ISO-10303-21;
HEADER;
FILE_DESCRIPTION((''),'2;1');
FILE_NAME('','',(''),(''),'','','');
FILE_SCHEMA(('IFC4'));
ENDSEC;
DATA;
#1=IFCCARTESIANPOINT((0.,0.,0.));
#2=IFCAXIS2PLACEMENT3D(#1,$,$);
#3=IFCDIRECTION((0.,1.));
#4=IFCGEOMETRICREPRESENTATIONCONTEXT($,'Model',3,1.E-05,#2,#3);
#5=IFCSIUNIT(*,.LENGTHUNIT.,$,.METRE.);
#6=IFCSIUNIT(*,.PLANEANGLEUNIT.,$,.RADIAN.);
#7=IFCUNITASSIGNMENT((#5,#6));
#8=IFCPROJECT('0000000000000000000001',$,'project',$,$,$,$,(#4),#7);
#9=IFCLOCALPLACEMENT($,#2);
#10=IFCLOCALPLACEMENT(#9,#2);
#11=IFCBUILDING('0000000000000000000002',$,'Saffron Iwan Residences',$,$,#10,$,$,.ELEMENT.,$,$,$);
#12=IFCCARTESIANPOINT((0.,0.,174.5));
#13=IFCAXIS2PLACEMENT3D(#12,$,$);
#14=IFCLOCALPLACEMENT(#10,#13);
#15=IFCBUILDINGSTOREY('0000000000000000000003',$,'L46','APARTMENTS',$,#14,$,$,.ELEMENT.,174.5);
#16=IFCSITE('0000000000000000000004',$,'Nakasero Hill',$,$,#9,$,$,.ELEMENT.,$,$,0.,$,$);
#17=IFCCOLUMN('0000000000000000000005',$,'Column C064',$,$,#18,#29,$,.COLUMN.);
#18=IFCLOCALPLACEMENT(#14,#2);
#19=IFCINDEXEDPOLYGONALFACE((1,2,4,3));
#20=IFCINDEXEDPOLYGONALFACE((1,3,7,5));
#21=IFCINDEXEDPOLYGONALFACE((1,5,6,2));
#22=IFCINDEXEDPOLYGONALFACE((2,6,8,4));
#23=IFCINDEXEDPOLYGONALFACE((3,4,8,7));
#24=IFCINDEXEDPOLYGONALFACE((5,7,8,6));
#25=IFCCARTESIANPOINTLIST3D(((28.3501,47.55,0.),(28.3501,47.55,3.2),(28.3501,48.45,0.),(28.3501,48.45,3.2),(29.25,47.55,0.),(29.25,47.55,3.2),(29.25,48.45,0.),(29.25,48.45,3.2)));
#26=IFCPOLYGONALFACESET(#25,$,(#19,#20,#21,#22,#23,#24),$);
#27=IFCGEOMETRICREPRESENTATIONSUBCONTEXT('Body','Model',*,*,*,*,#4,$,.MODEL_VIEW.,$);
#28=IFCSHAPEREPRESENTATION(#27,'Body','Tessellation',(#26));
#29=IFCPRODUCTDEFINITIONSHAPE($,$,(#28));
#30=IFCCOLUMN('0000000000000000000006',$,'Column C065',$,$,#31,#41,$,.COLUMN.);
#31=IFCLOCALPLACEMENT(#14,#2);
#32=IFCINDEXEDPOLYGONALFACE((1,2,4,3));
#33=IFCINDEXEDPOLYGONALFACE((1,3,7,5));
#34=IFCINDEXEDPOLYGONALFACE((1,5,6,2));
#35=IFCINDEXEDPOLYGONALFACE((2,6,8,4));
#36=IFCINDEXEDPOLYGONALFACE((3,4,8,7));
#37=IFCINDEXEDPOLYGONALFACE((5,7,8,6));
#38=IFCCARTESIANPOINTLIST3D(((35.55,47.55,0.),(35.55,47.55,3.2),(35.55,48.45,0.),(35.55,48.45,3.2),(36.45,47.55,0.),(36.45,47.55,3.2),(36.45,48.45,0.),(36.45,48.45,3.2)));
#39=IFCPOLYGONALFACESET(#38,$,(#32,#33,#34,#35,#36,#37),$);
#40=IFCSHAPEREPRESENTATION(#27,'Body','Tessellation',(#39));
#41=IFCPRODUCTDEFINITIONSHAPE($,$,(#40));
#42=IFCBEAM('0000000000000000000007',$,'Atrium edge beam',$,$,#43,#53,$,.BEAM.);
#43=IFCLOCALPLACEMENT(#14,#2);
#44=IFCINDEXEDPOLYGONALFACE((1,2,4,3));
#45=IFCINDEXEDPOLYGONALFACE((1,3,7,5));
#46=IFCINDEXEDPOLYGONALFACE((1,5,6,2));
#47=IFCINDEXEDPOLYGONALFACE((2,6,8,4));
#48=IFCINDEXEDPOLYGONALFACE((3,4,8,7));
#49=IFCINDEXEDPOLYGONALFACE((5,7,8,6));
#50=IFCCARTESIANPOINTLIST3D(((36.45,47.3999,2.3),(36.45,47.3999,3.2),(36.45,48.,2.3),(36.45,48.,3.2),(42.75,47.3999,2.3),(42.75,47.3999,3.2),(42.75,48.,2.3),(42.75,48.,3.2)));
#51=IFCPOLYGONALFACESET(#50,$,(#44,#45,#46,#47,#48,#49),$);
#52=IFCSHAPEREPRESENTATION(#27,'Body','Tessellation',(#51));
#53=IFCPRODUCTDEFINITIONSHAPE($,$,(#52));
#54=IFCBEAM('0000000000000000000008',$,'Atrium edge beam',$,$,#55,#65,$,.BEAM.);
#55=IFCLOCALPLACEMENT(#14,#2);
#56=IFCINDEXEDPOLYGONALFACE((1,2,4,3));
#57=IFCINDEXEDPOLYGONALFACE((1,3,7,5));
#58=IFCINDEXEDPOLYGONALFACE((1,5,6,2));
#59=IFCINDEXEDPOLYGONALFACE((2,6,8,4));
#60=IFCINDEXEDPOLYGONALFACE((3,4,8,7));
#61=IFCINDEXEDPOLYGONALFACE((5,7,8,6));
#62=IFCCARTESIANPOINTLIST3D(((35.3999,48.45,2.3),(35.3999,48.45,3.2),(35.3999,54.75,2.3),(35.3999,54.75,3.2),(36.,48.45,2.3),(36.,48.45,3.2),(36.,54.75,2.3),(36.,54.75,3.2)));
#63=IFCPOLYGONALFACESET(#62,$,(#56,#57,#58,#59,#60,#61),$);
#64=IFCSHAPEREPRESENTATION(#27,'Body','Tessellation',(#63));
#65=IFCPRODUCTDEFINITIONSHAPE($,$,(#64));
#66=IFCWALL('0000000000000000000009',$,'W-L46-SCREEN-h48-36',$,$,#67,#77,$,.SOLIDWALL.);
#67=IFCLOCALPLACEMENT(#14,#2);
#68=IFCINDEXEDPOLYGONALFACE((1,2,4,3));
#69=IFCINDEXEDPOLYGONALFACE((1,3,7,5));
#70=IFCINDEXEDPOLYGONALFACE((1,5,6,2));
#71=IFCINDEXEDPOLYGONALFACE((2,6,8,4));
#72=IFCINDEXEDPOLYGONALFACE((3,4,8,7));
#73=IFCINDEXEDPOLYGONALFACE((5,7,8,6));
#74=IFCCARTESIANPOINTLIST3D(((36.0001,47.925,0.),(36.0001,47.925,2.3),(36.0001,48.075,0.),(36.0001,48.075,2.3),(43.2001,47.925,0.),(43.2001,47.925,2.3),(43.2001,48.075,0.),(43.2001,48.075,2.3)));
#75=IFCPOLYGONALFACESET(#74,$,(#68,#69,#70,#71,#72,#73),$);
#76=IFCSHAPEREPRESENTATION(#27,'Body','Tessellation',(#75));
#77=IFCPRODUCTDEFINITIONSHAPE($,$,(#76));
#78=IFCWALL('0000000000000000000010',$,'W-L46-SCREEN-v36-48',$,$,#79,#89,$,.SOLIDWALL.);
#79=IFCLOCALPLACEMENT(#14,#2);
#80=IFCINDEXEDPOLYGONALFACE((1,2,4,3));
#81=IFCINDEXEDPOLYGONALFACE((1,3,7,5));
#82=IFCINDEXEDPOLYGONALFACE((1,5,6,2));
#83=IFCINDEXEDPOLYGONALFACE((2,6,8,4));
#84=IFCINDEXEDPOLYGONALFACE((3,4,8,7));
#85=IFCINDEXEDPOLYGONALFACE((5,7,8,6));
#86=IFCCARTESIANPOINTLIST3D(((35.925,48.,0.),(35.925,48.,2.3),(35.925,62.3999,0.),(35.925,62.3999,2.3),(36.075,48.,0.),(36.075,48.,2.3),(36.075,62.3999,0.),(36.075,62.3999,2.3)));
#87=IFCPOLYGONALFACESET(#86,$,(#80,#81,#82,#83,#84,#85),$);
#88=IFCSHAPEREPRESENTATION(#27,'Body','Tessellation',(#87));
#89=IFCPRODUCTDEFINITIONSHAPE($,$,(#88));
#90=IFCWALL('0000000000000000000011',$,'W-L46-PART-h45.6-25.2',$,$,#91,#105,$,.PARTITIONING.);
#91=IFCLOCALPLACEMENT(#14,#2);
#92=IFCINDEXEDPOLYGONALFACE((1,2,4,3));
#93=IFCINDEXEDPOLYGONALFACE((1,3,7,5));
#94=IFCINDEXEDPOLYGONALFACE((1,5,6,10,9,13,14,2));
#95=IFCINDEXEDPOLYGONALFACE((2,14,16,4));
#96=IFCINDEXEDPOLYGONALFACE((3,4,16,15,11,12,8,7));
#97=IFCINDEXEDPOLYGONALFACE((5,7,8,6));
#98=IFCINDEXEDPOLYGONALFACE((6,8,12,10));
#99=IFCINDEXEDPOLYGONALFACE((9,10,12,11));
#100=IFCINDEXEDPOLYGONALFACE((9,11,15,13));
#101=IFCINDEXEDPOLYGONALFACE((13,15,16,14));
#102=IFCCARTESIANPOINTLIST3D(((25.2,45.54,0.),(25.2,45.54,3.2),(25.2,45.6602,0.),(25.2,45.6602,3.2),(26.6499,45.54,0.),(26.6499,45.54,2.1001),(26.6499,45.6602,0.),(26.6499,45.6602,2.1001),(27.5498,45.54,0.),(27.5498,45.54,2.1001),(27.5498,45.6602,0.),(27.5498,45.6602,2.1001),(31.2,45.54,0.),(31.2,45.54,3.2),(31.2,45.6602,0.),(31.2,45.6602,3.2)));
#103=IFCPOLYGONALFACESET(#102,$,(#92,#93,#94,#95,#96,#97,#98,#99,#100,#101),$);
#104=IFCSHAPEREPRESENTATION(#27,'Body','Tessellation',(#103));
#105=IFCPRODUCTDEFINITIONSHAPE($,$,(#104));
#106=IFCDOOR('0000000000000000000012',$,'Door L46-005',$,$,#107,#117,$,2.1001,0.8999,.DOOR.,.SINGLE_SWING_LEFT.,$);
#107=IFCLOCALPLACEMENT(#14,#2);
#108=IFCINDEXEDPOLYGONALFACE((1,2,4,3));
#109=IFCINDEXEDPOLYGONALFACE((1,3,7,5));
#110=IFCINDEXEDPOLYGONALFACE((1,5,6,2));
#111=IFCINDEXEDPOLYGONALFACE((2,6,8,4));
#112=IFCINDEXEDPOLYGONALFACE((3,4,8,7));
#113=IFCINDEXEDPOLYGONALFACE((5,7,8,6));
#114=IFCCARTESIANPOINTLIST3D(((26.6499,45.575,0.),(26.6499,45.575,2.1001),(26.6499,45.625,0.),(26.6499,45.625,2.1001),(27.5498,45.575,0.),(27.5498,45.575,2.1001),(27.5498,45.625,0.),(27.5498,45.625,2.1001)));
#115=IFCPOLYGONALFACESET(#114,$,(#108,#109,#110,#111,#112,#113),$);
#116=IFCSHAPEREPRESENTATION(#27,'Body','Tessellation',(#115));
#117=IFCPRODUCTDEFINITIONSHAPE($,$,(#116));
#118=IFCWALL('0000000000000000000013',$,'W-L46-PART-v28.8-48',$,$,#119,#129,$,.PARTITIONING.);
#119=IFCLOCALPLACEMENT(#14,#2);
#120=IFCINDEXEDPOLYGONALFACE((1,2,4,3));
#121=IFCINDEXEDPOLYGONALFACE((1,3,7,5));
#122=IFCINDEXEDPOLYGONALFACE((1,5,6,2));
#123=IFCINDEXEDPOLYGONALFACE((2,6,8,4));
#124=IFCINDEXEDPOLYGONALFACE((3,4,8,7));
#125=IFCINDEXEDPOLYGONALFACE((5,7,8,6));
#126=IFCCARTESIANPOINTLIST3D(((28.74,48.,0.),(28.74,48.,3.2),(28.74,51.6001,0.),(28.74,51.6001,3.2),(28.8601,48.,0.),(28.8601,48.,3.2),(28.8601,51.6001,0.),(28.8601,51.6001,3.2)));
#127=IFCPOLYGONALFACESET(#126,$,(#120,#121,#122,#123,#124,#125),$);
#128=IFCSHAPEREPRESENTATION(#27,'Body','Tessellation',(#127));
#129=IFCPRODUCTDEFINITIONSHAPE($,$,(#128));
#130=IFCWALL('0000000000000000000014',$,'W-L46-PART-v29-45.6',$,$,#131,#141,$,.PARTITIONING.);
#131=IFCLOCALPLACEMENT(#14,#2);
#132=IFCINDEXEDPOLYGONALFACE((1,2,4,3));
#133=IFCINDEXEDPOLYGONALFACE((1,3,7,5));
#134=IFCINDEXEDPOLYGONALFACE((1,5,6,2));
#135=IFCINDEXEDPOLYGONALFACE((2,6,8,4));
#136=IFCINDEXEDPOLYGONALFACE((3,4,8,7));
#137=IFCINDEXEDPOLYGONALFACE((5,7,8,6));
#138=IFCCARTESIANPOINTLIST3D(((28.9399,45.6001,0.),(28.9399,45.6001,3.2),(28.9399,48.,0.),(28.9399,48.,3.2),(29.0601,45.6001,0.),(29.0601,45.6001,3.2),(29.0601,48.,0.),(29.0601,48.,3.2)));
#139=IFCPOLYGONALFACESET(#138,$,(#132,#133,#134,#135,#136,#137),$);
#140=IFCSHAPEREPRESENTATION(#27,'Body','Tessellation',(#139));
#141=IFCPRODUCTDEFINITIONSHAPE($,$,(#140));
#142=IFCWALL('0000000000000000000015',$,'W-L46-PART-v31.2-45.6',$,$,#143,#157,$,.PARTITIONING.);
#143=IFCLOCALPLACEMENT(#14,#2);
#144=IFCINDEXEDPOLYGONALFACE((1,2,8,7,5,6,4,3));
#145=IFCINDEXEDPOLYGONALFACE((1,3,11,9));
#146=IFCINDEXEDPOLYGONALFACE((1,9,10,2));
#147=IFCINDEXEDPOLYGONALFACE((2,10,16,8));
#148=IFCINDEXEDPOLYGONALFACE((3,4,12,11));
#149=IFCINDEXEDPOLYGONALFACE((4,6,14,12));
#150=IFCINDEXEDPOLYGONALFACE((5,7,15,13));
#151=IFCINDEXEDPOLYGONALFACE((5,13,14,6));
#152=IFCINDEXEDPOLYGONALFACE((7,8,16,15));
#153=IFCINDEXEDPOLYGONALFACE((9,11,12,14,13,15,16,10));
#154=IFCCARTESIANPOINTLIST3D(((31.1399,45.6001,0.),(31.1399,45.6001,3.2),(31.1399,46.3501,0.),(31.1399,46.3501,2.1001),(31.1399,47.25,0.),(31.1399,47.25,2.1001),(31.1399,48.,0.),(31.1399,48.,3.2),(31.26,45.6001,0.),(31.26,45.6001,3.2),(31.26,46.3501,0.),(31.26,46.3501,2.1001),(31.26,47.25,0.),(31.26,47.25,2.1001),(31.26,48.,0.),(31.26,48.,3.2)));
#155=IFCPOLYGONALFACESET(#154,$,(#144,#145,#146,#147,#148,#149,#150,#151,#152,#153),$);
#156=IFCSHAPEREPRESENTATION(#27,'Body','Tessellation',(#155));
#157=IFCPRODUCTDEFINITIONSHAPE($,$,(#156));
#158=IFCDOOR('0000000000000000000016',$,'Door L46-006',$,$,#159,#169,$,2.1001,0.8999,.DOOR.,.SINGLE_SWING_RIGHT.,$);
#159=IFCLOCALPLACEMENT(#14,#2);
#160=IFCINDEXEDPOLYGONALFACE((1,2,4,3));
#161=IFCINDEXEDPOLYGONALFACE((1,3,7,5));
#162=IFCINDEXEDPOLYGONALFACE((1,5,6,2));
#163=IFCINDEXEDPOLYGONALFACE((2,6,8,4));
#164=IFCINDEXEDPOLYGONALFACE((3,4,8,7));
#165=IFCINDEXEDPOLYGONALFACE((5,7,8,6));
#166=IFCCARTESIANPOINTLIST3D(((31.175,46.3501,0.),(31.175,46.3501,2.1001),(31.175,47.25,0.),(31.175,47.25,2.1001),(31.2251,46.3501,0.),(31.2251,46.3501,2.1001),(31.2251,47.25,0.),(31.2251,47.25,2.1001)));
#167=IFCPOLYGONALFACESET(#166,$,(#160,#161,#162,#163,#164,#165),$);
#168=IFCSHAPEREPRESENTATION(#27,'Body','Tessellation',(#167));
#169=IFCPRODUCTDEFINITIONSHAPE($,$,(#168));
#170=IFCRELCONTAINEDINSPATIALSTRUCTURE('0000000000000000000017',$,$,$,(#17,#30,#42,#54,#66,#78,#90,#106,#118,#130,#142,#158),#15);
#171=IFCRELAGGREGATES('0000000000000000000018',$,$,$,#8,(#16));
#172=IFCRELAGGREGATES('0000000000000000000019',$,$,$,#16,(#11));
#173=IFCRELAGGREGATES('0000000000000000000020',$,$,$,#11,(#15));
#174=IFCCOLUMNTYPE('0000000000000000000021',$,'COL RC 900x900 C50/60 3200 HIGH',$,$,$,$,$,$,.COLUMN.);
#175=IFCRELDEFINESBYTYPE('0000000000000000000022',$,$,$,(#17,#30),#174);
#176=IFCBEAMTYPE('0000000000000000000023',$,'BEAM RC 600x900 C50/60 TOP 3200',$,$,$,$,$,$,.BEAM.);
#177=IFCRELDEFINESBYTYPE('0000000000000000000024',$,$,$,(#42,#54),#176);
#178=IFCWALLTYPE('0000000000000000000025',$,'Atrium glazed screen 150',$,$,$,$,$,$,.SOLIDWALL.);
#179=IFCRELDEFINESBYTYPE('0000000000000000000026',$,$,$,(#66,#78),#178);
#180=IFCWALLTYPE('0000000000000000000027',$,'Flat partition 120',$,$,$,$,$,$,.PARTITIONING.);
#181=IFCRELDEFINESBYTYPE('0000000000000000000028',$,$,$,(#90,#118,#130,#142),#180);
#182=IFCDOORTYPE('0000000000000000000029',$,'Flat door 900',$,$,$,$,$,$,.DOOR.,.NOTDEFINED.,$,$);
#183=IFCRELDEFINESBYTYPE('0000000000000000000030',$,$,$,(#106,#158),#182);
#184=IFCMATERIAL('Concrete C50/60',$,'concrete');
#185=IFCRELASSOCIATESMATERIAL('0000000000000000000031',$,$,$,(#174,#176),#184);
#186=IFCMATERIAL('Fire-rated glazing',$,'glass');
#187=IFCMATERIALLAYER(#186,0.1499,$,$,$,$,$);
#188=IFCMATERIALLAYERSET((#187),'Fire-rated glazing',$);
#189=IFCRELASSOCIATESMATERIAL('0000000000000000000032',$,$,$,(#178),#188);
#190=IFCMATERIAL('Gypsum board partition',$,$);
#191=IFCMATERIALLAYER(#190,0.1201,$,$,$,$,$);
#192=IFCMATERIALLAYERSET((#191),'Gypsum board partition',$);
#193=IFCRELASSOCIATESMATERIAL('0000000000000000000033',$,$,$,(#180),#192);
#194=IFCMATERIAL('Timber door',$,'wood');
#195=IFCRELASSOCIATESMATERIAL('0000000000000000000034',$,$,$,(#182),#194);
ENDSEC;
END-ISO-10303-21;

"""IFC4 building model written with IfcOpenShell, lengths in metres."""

from ifc_helpers import new_model, si_unit, direction, frame, frame_2d, origin, origin_2d, place, context, subcontext, project, spatial, rectangle, extrude, source, transform, mapped, material, layer, layer_set, material_profile, profile_set, type_object, element, fill, save


model = new_model("IFC4")

# Units and contexts
model_context = context("Model", 3, precision=1e-05, world=origin(), true_north=direction((0.0, 1.0)))
body_context = subcontext(model_context, "Body", "Model", "MODEL_VIEW")
ifc_project = project(units=[si_unit("LENGTHUNIT", "METRE"), si_unit("PLANEANGLEUNIT", "RADIAN")], contexts=[model_context])

# Site, building, storey
site_placement = place(None, origin())
site = spatial("IfcSite", under=ifc_project, at=site_placement, Name="Nakasero Hill", CompositionType="ELEMENT", RefElevation=0.0)
building_placement = place(site_placement, origin())
building = spatial("IfcBuilding", under=site, at=building_placement, Name="Saffron Iwan Residences", CompositionType="ELEMENT")
storey_placement = place(building_placement, frame((0.0, 0.0, 174.5)))
storey = spatial("IfcBuildingStorey", under=building, at=storey_placement, Name="L46", Description="APARTMENTS", CompositionType="ELEMENT", Elevation=174.5)

# Columns
ifc_material_1 = material(Name="Concrete C50/60", Category="concrete")
ifc_material_profile_1 = material_profile(ifc_material_1, rectangle(XDim=0.8999, YDim=0.8999, at=origin_2d()), Name="RC 900x900")
ifc_profile_set_1 = profile_set([ifc_material_profile_1], Name="Concrete C50/60")
column_type = type_object("IfcColumnType", Name="COL RC 900x900 C50/60 3200 HIGH", PredefinedType="COLUMN", material=ifc_profile_set_1)
shared_shape_1 = source(origin(), body_context, "Body", "SweptSolid", [
    extrude(rectangle(XDim=0.8999, YDim=0.8999, at=origin_2d()), origin(), (0.0, 0.0, 1.0), 3.2),
])
for number, where, z_axis, x_axis, name in (
    (1, (28.8, 48.0, 0.0), (0.0, 0.0, 1.0), (1.0, 0.0, 0.0), "Column C064"),
    (2, (36.0, 48.0, 0.0), (0.0, 0.0, 1.0), (1.0, 0.0, 0.0), "Column C065"),
):
    element("IfcColumn", number, at=place(storey_placement, frame(where, z_axis=z_axis, x_axis=x_axis)), inside=storey, type_object=column_type, Name=name, PredefinedType="COLUMN", context=body_context, shape_type="MappedRepresentation", body=[
        mapped(shared_shape_1, transform((0.0, 0.0, 0.0))),
    ])

# Beams
ifc_material_profile_2 = material_profile(ifc_material_1, rectangle(XDim=0.6001, YDim=0.8999, at=origin_2d()), Name="RC 600x900")
ifc_profile_set_2 = profile_set([ifc_material_profile_2], Name="Concrete C50/60")
beam_type = type_object("IfcBeamType", Name="BEAM RC 600x900 C50/60 TOP 3200", PredefinedType="BEAM", material=ifc_profile_set_2)
shared_shape_2 = source(origin(), body_context, "Body", "SweptSolid", [
    extrude(rectangle(XDim=0.6001, YDim=0.8999, at=origin_2d()), origin(), (0.0, 0.0, 1.0), 6.3),
])
for number, where, z_axis, x_axis, name in (
    (3, (42.75, 47.7, 2.75), (-1.0, 0.0, 0.0), (0.0, -1.0, 0.0), "Atrium edge beam"),
    (4, (35.7, 48.45, 2.75), (0.0, 1.0, 0.0), (-1.0, 0.0, 0.0), "Atrium edge beam"),
):
    element("IfcBeam", number, at=place(storey_placement, frame(where, z_axis=z_axis, x_axis=x_axis)), inside=storey, type_object=beam_type, Name=name, PredefinedType="BEAM", context=body_context, shape_type="MappedRepresentation", body=[
        mapped(shared_shape_2, transform((0.0, 0.0, 0.0))),
    ])

# Walls
ifc_material_2 = material(Name="Fire-rated glazing", Category="glass")
ifc_layer_1 = layer(ifc_material_2, 0.1499)
ifc_layer_set_1 = layer_set([ifc_layer_1], Name="Fire-rated glazing")
wall_type_1 = type_object("IfcWallType", Name="Atrium glazed screen 150", PredefinedType="SOLIDWALL", material=ifc_layer_set_1)
wall_1_placement = place(storey_placement, frame((36.0, 48.0, 0.0), z_axis=(0.0, 0.0, 1.0), x_axis=(1.0, 0.0, 0.0)))
element("IfcWall", 5, at=wall_1_placement, inside=storey, type_object=wall_type_1, Name="W-L46-SCREEN-h48-36", PredefinedType="SOLIDWALL", context=body_context, shape_type="SweptSolid", body=[
    extrude(rectangle(XDim=7.2, YDim=0.1499, at=frame_2d((3.6001, 0.0))), origin(), (0.0, 0.0, 1.0), 2.3),
])
wall_2_placement = place(storey_placement, frame((36.0, 48.0, 0.0), z_axis=(0.0, 0.0, 1.0), x_axis=(0.0, 1.0, 0.0)))
element("IfcWall", 6, at=wall_2_placement, inside=storey, type_object=wall_type_1, Name="W-L46-SCREEN-v36-48", PredefinedType="SOLIDWALL", context=body_context, shape_type="SweptSolid", body=[
    extrude(rectangle(XDim=14.3999, YDim=0.1499, at=frame_2d((7.2, 0.0))), origin(), (0.0, 0.0, 1.0), 2.3),
])

# Wall, opening, door
ifc_material_3 = material(Name="Gypsum board partition")
ifc_layer_2 = layer(ifc_material_3, 0.1201)
ifc_layer_set_2 = layer_set([ifc_layer_2], Name="Gypsum board partition")
wall_type_2 = type_object("IfcWallType", Name="Flat partition 120", PredefinedType="PARTITIONING", material=ifc_layer_set_2)
wall_3_placement = place(storey_placement, frame((25.2, 45.6001, 0.0), z_axis=(0.0, 0.0, 1.0), x_axis=(1.0, 0.0, 0.0)))
wall_3 = element("IfcWall", 7, at=wall_3_placement, inside=storey, type_object=wall_type_2, Name="W-L46-PART-h45.6-25.2", PredefinedType="PARTITIONING", context=body_context, shape_type="SweptSolid", body=[
    extrude(rectangle(XDim=6.0, YDim=0.1201, at=frame_2d((3.0, 0.0))), origin(), (0.0, 0.0, 1.0), 3.2),
])
opening_1_placement = place(wall_3_placement, frame((1.45, 0.0, 0.0)))
opening_1 = element("IfcOpeningElement", 8, at=opening_1_placement, cuts=wall_3, PredefinedType="OPENING", context=body_context, shape_type="SweptSolid", body=[
    extrude(rectangle(XDim=0.8999, YDim=2.1001, at=frame_2d((0.45, 1.05))), frame((0.0, 0.0701, 0.0), z_axis=(0.0, -1.0, 0.0), x_axis=(1.0, 0.0, 0.0)), (0.0, 0.0, 1.0), 0.1401),
])
ifc_material_4 = material(Name="Timber door", Category="wood")
door_type_1 = type_object("IfcDoorType", Name="Flat door 900", OperationType="NOTDEFINED", PredefinedType="DOOR", material=ifc_material_4)
door_1_placement = place(opening_1_placement, origin())
door_1 = element("IfcDoor", 9, at=door_1_placement, inside=storey, type_object=door_type_1, Name="Door L46-005", OperationType="SINGLE_SWING_LEFT", OverallHeight=2.1001, OverallWidth=0.8999, PredefinedType="DOOR", context=body_context, shape_type="SweptSolid", body=[
    extrude(rectangle(XDim=0.8999, YDim=2.1001, at=frame_2d((0.45, 1.05))), frame((0.0, 0.0249, 0.0), z_axis=(0.0, -1.0, 0.0), x_axis=(1.0, 0.0, 0.0)), (0.0, 0.0, 1.0), 0.05),
])
fill(opening_1, door_1)

# Walls
wall_4_placement = place(storey_placement, frame((28.8, 48.0, 0.0), z_axis=(0.0, 0.0, 1.0), x_axis=(0.0, 1.0, 0.0)))
element("IfcWall", 10, at=wall_4_placement, inside=storey, type_object=wall_type_2, Name="W-L46-PART-v28.8-48", PredefinedType="PARTITIONING", context=body_context, shape_type="SweptSolid", body=[
    extrude(rectangle(XDim=3.6001, YDim=0.1201, at=frame_2d((1.8, 0.0))), origin(), (0.0, 0.0, 1.0), 3.2),
])
wall_5_placement = place(storey_placement, frame((29.0, 45.6001, 0.0), z_axis=(0.0, 0.0, 1.0), x_axis=(0.0, 1.0, 0.0)))
element("IfcWall", 11, at=wall_5_placement, inside=storey, type_object=wall_type_2, Name="W-L46-PART-v29-45.6", PredefinedType="PARTITIONING", context=body_context, shape_type="SweptSolid", body=[
    extrude(rectangle(XDim=2.3999, YDim=0.1201, at=frame_2d((1.2, 0.0))), origin(), (0.0, 0.0, 1.0), 3.2),
])

# Wall, opening, door
wall_6_placement = place(storey_placement, frame((31.2, 45.6001, 0.0), z_axis=(0.0, 0.0, 1.0), x_axis=(0.0, 1.0, 0.0)))
wall_6 = element("IfcWall", 12, at=wall_6_placement, inside=storey, type_object=wall_type_2, Name="W-L46-PART-v31.2-45.6", PredefinedType="PARTITIONING", context=body_context, shape_type="SweptSolid", body=[
    extrude(rectangle(XDim=2.3999, YDim=0.1201, at=frame_2d((1.2, 0.0))), origin(), (0.0, 0.0, 1.0), 3.2),
])
opening_2_placement = place(wall_6_placement, frame((0.75, 0.0, 0.0)))
opening_2 = element("IfcOpeningElement", 13, at=opening_2_placement, cuts=wall_6, PredefinedType="OPENING", context=body_context, shape_type="SweptSolid", body=[
    extrude(rectangle(XDim=0.8999, YDim=2.1001, at=frame_2d((0.45, 1.05))), frame((0.0, 0.0701, 0.0), z_axis=(0.0, -1.0, 0.0), x_axis=(1.0, 0.0, 0.0)), (0.0, 0.0, 1.0), 0.1401),
])
door_2_placement = place(opening_2_placement, origin())
door_2 = element("IfcDoor", 14, at=door_2_placement, inside=storey, type_object=door_type_1, Name="Door L46-006", OperationType="SINGLE_SWING_RIGHT", OverallHeight=2.1001, OverallWidth=0.8999, PredefinedType="DOOR", context=body_context, shape_type="SweptSolid", body=[
    extrude(rectangle(XDim=0.8999, YDim=2.1001, at=frame_2d((0.45, 1.05))), frame((0.0, 0.0249, 0.0), z_axis=(0.0, -1.0, 0.0), x_axis=(1.0, 0.0, 0.0)), (0.0, 0.0, 1.0), 0.05),
])
fill(opening_2, door_2)

save(model, "model.ifc")
